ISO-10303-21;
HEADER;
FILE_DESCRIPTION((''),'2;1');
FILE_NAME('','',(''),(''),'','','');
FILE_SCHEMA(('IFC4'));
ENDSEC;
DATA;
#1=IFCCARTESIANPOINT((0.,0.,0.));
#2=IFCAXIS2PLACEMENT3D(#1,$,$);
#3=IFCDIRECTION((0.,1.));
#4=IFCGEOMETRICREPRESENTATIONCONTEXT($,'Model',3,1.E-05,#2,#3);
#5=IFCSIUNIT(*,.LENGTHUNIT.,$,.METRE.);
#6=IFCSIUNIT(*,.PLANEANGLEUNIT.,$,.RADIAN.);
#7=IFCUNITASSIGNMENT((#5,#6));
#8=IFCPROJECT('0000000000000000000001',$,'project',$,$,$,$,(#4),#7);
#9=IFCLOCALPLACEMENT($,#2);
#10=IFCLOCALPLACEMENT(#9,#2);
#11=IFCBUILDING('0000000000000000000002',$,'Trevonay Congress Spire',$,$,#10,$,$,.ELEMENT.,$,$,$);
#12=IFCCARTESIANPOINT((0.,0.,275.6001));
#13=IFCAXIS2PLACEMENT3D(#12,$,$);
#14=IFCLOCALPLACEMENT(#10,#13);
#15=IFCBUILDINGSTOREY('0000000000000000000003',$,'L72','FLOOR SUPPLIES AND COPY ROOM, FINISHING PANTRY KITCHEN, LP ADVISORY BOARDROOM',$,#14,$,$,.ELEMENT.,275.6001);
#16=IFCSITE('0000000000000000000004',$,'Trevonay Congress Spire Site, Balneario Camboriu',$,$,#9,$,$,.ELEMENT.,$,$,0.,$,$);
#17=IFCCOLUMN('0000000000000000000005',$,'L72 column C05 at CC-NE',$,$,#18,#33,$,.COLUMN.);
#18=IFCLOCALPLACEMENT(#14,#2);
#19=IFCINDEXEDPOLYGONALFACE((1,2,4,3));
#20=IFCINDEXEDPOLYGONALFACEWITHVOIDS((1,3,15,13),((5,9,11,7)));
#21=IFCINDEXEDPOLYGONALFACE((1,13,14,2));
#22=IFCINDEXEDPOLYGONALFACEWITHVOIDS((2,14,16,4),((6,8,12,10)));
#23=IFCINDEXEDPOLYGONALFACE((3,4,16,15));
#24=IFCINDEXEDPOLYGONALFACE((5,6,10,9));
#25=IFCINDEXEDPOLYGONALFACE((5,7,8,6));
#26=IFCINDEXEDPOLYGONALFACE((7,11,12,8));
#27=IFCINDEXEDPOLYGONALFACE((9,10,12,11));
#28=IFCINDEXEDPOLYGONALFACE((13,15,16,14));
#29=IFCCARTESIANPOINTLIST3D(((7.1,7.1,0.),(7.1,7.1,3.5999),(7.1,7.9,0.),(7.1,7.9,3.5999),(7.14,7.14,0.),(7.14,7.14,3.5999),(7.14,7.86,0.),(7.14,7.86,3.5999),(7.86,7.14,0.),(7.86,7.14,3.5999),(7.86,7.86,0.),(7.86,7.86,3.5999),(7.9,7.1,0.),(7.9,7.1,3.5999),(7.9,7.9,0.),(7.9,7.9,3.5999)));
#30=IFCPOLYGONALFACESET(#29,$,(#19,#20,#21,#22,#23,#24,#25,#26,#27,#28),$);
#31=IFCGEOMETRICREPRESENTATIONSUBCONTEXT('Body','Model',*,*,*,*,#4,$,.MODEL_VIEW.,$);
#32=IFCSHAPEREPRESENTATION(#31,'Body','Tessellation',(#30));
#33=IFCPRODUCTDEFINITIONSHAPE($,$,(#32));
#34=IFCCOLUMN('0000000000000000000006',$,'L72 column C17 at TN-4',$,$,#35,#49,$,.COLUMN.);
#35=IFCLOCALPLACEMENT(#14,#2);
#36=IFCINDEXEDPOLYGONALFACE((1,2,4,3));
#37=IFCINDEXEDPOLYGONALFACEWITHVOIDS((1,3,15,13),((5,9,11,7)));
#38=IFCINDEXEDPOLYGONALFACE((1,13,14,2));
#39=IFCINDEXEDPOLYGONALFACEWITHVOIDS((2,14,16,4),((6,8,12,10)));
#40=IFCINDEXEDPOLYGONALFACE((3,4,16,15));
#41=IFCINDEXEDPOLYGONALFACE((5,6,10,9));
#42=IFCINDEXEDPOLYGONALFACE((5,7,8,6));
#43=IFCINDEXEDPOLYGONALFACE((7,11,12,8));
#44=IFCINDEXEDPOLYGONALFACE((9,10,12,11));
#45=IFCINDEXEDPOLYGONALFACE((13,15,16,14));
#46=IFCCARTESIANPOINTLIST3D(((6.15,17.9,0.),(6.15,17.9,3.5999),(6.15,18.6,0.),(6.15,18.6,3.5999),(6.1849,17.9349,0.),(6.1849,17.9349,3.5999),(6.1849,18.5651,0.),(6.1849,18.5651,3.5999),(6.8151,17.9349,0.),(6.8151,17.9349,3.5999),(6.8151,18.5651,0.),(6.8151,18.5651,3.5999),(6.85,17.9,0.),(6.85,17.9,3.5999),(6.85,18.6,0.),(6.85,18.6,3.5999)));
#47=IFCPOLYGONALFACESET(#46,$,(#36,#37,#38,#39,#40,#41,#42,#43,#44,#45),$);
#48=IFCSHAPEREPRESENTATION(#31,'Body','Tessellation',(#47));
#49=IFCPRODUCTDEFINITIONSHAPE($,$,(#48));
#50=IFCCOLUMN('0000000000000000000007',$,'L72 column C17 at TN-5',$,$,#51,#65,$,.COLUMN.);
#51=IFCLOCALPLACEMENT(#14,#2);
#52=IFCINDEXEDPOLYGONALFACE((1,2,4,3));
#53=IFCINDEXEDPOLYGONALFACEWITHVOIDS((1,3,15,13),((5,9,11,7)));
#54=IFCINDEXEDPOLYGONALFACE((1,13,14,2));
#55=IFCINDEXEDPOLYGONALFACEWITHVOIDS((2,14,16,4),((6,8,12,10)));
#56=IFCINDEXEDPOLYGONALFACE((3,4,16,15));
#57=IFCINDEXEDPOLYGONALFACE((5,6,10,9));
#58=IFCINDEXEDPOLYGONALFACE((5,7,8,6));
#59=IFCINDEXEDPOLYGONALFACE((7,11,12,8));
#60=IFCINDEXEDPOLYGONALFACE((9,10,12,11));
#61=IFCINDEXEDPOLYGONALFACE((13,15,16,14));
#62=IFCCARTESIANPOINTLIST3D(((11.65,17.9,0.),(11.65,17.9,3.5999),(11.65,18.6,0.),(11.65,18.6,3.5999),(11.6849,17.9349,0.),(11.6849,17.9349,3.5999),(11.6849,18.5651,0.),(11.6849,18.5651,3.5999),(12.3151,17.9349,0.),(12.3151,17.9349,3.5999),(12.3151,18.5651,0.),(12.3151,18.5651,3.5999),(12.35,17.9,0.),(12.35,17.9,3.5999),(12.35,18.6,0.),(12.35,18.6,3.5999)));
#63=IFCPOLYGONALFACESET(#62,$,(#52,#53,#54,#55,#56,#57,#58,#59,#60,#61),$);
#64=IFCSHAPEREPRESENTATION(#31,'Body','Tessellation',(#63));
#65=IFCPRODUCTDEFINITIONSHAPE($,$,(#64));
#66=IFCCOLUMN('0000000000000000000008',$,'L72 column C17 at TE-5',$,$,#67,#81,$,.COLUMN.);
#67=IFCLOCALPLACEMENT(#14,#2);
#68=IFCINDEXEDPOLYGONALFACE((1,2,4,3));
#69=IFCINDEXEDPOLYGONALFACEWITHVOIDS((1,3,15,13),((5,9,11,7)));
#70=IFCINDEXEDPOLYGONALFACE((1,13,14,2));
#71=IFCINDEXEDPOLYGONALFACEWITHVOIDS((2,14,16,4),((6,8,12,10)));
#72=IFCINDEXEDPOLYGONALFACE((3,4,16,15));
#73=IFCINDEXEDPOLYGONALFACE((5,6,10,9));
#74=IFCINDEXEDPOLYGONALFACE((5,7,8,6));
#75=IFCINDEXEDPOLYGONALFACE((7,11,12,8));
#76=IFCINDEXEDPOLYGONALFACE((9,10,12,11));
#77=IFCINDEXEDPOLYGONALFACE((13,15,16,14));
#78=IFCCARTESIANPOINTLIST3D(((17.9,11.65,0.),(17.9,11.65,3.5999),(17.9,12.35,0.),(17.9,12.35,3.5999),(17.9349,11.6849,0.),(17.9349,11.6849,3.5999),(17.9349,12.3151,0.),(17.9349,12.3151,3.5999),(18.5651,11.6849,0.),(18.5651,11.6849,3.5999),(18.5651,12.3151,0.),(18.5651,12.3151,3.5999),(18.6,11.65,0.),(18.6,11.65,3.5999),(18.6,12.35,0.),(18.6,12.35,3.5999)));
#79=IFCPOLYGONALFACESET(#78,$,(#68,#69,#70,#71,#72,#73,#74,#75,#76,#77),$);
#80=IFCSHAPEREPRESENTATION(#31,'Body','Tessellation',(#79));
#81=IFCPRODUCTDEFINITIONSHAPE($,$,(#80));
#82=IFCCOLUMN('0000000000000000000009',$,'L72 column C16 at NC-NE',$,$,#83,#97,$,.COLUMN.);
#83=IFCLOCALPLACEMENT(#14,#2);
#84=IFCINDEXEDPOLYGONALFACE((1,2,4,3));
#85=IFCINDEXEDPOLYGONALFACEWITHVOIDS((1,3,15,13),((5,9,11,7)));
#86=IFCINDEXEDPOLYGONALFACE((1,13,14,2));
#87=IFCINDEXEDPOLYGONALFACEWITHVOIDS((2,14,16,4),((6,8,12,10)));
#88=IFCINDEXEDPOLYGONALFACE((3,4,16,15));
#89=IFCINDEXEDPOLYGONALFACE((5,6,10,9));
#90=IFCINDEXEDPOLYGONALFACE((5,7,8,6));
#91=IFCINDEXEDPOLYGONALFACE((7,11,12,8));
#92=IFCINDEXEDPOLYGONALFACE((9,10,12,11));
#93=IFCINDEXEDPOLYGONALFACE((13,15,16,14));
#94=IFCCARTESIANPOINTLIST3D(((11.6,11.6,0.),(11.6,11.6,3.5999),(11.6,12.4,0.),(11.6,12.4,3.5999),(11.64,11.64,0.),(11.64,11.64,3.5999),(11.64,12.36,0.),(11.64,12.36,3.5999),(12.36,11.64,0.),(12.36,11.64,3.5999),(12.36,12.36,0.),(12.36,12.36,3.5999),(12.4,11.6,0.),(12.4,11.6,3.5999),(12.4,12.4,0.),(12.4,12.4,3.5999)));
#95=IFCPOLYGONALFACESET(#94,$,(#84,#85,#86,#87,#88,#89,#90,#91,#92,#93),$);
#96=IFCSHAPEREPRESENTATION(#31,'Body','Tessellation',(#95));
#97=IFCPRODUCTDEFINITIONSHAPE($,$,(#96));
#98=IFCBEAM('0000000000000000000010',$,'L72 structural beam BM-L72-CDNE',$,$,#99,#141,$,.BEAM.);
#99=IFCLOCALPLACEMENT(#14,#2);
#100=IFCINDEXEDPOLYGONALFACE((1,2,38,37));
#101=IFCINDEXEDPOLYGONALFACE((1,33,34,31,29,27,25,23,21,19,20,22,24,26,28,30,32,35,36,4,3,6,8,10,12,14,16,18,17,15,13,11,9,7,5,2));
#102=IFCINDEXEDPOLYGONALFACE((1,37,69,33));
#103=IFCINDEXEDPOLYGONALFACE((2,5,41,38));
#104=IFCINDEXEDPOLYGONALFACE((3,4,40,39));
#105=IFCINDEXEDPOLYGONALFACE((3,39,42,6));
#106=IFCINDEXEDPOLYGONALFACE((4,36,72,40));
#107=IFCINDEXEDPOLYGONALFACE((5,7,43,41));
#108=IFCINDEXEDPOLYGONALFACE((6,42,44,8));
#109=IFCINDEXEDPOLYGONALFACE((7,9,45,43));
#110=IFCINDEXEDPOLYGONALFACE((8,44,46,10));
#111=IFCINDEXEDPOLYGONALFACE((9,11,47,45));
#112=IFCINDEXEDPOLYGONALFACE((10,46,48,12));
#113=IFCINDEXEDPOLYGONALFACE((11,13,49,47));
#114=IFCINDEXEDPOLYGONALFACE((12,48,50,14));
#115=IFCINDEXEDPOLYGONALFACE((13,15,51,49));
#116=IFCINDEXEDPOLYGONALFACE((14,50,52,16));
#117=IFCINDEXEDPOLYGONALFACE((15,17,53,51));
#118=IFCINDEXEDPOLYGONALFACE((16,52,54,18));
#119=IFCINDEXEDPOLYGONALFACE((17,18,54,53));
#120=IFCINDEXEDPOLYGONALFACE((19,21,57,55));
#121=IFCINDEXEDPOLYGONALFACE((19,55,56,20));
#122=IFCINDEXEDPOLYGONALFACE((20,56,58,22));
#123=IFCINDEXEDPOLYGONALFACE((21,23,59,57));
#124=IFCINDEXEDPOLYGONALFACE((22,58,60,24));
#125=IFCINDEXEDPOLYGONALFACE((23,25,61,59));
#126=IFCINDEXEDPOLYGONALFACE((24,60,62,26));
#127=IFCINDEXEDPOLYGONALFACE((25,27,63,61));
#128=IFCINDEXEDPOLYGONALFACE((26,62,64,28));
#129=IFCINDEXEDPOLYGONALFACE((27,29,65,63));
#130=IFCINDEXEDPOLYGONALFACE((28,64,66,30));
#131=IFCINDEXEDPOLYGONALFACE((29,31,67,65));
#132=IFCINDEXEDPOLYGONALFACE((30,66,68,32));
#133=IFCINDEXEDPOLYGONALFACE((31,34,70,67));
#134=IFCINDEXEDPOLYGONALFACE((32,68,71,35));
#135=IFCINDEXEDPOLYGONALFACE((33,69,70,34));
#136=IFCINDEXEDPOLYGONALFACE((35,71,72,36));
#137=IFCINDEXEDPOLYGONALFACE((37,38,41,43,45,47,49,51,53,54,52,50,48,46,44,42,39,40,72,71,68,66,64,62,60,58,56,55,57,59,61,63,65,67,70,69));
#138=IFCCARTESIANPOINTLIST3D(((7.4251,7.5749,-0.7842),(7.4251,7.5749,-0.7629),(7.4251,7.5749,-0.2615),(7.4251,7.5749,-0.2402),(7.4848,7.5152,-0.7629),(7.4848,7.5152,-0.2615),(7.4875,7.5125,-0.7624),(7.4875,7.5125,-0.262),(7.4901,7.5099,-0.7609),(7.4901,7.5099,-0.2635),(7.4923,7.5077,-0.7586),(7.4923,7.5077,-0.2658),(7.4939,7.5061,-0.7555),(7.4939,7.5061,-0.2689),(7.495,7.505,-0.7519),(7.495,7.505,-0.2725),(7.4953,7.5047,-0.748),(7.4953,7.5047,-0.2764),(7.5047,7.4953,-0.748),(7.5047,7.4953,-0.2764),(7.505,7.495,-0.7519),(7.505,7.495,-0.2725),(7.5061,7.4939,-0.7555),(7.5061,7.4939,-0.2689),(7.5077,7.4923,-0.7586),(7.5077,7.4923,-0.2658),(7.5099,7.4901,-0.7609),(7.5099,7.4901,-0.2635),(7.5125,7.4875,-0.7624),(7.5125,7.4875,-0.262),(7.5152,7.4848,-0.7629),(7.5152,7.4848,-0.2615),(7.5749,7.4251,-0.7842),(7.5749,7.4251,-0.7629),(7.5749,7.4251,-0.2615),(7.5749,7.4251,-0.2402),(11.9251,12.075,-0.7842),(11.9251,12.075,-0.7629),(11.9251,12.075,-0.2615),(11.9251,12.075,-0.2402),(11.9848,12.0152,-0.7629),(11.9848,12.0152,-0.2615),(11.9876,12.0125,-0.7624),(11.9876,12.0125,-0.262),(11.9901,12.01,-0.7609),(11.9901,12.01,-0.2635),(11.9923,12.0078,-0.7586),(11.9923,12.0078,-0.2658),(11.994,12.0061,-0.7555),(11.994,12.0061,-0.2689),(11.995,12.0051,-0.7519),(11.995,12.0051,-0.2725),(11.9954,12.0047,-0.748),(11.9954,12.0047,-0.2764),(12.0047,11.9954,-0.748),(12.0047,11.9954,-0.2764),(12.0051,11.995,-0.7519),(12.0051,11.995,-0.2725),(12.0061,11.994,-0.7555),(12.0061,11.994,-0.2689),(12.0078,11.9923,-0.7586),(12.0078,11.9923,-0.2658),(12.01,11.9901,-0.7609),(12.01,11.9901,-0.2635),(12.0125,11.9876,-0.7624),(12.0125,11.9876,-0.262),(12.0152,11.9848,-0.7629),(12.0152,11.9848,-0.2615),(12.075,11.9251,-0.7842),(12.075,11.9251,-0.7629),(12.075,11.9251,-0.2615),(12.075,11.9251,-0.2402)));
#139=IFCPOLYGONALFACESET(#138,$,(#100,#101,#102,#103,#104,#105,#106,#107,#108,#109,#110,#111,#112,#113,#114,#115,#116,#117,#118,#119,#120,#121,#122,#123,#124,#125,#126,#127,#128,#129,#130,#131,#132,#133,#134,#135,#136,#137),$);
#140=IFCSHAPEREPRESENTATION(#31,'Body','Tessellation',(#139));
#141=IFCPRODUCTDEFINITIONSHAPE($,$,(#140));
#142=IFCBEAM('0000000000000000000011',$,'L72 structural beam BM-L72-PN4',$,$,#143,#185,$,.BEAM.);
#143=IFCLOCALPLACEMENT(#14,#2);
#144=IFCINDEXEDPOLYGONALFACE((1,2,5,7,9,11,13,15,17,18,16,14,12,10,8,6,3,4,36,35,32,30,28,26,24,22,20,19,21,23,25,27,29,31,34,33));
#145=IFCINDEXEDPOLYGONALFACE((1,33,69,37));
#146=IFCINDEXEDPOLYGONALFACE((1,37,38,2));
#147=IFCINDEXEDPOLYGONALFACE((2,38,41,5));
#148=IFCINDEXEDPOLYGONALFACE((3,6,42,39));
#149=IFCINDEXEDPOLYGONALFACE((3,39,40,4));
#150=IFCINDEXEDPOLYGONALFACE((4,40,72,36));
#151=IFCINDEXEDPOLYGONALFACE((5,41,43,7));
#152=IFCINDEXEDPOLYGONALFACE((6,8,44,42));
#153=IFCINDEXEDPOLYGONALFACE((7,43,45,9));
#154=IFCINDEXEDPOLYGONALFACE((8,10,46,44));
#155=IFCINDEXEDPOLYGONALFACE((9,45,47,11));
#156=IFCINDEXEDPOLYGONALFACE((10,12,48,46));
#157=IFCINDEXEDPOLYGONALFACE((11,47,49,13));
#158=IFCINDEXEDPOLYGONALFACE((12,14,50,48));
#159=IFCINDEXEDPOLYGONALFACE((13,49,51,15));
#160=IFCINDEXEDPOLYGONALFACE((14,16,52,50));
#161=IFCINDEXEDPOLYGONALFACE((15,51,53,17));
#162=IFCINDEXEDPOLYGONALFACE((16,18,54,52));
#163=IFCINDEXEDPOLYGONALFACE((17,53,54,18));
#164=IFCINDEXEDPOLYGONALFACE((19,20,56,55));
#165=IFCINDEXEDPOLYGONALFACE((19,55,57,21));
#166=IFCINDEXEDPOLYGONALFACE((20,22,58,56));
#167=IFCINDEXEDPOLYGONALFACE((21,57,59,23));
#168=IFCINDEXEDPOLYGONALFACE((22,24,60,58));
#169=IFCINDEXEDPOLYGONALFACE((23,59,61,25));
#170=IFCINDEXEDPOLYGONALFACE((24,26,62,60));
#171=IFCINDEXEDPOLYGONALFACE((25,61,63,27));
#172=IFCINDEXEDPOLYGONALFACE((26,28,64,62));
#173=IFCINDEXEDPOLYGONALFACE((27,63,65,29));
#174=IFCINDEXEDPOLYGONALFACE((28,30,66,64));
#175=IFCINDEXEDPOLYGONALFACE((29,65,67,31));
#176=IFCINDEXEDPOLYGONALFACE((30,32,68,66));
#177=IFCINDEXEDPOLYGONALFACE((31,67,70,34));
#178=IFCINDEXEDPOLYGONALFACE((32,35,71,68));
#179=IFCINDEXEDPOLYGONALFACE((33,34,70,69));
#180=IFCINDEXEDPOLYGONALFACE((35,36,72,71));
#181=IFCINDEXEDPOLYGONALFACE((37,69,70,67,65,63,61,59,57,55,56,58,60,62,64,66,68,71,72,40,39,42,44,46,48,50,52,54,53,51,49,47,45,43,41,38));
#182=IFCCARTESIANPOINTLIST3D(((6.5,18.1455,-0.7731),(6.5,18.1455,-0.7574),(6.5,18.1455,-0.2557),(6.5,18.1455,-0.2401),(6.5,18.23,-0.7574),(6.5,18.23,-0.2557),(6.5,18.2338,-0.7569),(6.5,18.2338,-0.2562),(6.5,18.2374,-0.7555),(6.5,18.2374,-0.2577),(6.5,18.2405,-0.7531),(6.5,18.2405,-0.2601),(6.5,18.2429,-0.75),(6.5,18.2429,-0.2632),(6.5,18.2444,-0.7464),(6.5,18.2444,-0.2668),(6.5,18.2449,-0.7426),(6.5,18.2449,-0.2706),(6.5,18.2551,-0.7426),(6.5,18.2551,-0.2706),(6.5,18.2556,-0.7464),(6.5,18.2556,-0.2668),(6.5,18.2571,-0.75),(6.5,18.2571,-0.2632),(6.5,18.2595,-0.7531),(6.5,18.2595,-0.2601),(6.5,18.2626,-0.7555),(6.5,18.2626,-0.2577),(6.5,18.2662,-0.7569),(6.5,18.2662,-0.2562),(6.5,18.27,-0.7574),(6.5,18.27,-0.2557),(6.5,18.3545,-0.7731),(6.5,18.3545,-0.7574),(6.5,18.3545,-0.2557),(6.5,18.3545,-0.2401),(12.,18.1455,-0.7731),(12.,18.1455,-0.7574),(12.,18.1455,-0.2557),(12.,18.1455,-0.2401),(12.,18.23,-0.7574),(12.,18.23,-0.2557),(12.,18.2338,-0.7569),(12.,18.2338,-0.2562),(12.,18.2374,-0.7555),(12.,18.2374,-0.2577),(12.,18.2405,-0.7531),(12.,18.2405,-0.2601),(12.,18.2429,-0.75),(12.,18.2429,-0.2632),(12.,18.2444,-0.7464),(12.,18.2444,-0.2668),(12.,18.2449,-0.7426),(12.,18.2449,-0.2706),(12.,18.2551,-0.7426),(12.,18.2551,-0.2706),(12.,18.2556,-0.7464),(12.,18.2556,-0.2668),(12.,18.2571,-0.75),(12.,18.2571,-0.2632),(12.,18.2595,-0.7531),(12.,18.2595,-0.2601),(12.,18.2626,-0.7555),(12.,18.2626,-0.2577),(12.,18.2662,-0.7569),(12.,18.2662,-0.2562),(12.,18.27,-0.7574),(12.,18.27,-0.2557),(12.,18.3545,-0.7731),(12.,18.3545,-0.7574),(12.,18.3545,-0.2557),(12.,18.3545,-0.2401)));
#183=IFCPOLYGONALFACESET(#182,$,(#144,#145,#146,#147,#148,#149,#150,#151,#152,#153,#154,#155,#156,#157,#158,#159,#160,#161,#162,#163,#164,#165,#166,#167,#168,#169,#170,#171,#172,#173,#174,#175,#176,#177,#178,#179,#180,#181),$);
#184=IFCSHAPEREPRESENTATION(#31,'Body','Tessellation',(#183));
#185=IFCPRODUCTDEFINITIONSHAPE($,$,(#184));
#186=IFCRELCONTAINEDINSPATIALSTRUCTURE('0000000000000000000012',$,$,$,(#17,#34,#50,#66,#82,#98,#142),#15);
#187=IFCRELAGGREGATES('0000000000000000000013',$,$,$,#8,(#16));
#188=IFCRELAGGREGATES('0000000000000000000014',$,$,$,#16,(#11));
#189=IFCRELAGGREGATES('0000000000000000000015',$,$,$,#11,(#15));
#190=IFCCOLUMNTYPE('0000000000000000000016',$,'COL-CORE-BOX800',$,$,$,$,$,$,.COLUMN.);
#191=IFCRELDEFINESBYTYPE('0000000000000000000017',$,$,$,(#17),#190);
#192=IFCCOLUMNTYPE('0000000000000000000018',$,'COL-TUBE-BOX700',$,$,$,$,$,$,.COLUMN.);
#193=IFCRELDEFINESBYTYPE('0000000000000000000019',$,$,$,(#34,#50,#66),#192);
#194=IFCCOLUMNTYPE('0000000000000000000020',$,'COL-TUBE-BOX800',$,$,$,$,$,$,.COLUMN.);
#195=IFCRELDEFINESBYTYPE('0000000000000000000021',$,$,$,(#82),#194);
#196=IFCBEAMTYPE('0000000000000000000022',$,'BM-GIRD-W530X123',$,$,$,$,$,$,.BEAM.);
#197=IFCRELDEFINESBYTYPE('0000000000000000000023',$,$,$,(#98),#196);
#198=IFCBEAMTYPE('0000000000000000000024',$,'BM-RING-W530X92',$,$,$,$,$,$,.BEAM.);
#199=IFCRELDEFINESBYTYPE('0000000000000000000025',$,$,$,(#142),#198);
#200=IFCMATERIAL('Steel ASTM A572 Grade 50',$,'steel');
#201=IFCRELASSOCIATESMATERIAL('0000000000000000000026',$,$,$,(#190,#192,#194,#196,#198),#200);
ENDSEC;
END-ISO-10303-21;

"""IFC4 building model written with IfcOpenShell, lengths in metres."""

from ifc_helpers import new_model, si_unit, direction, frame, origin, origin_2d, place, context, subcontext, project, spatial, hollow_rectangle, i_section, extrude, material, material_profile, profile_set, type_object, element, save


model = new_model("IFC4")

# Units and contexts
model_context = context("Model", 3, precision=1e-05, world=origin(), true_north=direction((0.0, 1.0)))
body_context = subcontext(model_context, "Body", "Model", "MODEL_VIEW")
ifc_project = project(units=[si_unit("LENGTHUNIT", "METRE"), si_unit("PLANEANGLEUNIT", "RADIAN")], contexts=[model_context])

# Site, building, storey
site_placement = place(None, origin())
site = spatial("IfcSite", under=ifc_project, at=site_placement, Name="Trevonay Congress Spire Site, Balneario Camboriu", CompositionType="ELEMENT", RefElevation=0.0)
building_placement = place(site_placement, origin())
building = spatial("IfcBuilding", under=site, at=building_placement, Name="Trevonay Congress Spire", CompositionType="ELEMENT")
storey_placement = place(building_placement, frame((0.0, 0.0, 275.6001)))
storey = spatial("IfcBuildingStorey", under=building, at=storey_placement, Name="L72", Description="FLOOR SUPPLIES AND COPY ROOM, FINISHING PANTRY KITCHEN, LP ADVISORY BOARDROOM", CompositionType="ELEMENT", Elevation=275.6001)

# Columns
ifc_material_1 = material(Name="Steel ASTM A572 Grade 50", Category="steel")
ifc_material_profile_1 = material_profile(ifc_material_1, hollow_rectangle(XDim=0.8, YDim=0.8, WallThickness=0.04, at=origin_2d()), Name="BOX 800x800x40")
ifc_profile_set_1 = profile_set([ifc_material_profile_1], Name="Steel ASTM A572 Grade 50")
column_type_1 = type_object("IfcColumnType", Name="COL-CORE-BOX800", PredefinedType="COLUMN", material=ifc_profile_set_1)
column_1_placement = place(storey_placement, frame((7.5, 7.5, 0.0), z_axis=(0.0, 0.0, 1.0), x_axis=(1.0, 0.0, 0.0)))
element("IfcColumn", 1, at=column_1_placement, inside=storey, type_object=column_type_1, Name="L72 column C05 at CC-NE", PredefinedType="COLUMN", context=body_context, shape_type="SweptSolid", body=[
    extrude(hollow_rectangle(XDim=0.8, YDim=0.8, WallThickness=0.04, at=origin_2d()), origin(), (0.0, 0.0, 1.0), 3.5999),
])
ifc_material_profile_2 = material_profile(ifc_material_1, hollow_rectangle(XDim=0.7, YDim=0.7, WallThickness=0.0349, at=origin_2d()), Name="BOX 700x700x35")
ifc_profile_set_2 = profile_set([ifc_material_profile_2], Name="Steel ASTM A572 Grade 50")
column_type_2 = type_object("IfcColumnType", Name="COL-TUBE-BOX700", PredefinedType="COLUMN", material=ifc_profile_set_2)
for number, where, z_axis, x_axis, name in (
    (2, (6.5, 18.25, 0.0), (0.0, 0.0, 1.0), (1.0, 0.0, 0.0), "L72 column C17 at TN-4"),
    (3, (12.0, 18.25, 0.0), (0.0, 0.0, 1.0), (1.0, 0.0, 0.0), "L72 column C17 at TN-5"),
    (4, (18.25, 12.0, 0.0), (0.0, 0.0, 1.0), (1.0, 0.0, 0.0), "L72 column C17 at TE-5"),
):
    element("IfcColumn", number, at=place(storey_placement, frame(where, z_axis=z_axis, x_axis=x_axis)), inside=storey, type_object=column_type_2, Name=name, PredefinedType="COLUMN", context=body_context, shape_type="SweptSolid", body=[
        extrude(hollow_rectangle(XDim=0.7, YDim=0.7, WallThickness=0.0349, at=origin_2d()), origin(), (0.0, 0.0, 1.0), 3.5999),
    ])
ifc_material_profile_3 = material_profile(ifc_material_1, hollow_rectangle(XDim=0.8, YDim=0.8, WallThickness=0.04, at=origin_2d()), Name="BOX 800x800x40")
ifc_profile_set_3 = profile_set([ifc_material_profile_3], Name="Steel ASTM A572 Grade 50")
column_type_3 = type_object("IfcColumnType", Name="COL-TUBE-BOX800", PredefinedType="COLUMN", material=ifc_profile_set_3)
column_2_placement = place(storey_placement, frame((12.0, 12.0, 0.0), z_axis=(0.0, 0.0, 1.0), x_axis=(1.0, 0.0, 0.0)))
element("IfcColumn", 5, at=column_2_placement, inside=storey, type_object=column_type_3, Name="L72 column C16 at NC-NE", PredefinedType="COLUMN", context=body_context, shape_type="SweptSolid", body=[
    extrude(hollow_rectangle(XDim=0.8, YDim=0.8, WallThickness=0.04, at=origin_2d()), origin(), (0.0, 0.0, 1.0), 3.5999),
])

# Beams
ifc_material_profile_4 = material_profile(ifc_material_1, i_section(OverallWidth=0.2119, OverallDepth=0.5439, WebThickness=0.0132, FlangeThickness=0.0212, FilletRadius=0.0149, at=origin_2d()), Name="W530x123")
ifc_profile_set_4 = profile_set([ifc_material_profile_4], Name="Steel ASTM A572 Grade 50")
beam_type_1 = type_object("IfcBeamType", Name="BM-GIRD-W530X123", PredefinedType="BEAM", material=ifc_profile_set_4)
beam_1_placement = place(storey_placement, frame((7.5, 7.5, -0.5122), z_axis=(0.707107, 0.707107, 0.0), x_axis=(-0.707107, 0.707107, 0.0)))
element("IfcBeam", 6, at=beam_1_placement, inside=storey, type_object=beam_type_1, Name="L72 structural beam BM-L72-CDNE", PredefinedType="BEAM", context=body_context, shape_type="SweptSolid", body=[
    extrude(i_section(OverallWidth=0.2119, OverallDepth=0.5439, WebThickness=0.0132, FlangeThickness=0.0212, FilletRadius=0.0149, at=origin_2d()), origin(), (0.0, 0.0, 1.0), 6.364),
])
ifc_material_profile_5 = material_profile(ifc_material_1, i_section(OverallWidth=0.209, OverallDepth=0.533, WebThickness=0.0103, FlangeThickness=0.0156, FilletRadius=0.0149, at=origin_2d()), Name="W530x92")
ifc_profile_set_5 = profile_set([ifc_material_profile_5], Name="Steel ASTM A572 Grade 50")
beam_type_2 = type_object("IfcBeamType", Name="BM-RING-W530X92", PredefinedType="BEAM", material=ifc_profile_set_5)
beam_2_placement = place(storey_placement, frame((6.5, 18.25, -0.5066), z_axis=(1.0, 0.0, 0.0), x_axis=(0.0, 1.0, 0.0)))
element("IfcBeam", 7, at=beam_2_placement, inside=storey, type_object=beam_type_2, Name="L72 structural beam BM-L72-PN4", PredefinedType="BEAM", context=body_context, shape_type="SweptSolid", body=[
    extrude(i_section(OverallWidth=0.209, OverallDepth=0.533, WebThickness=0.0103, FlangeThickness=0.0156, FilletRadius=0.0149, at=origin_2d()), origin(), (0.0, 0.0, 1.0), 5.5),
])

save(model, "model.ifc")
